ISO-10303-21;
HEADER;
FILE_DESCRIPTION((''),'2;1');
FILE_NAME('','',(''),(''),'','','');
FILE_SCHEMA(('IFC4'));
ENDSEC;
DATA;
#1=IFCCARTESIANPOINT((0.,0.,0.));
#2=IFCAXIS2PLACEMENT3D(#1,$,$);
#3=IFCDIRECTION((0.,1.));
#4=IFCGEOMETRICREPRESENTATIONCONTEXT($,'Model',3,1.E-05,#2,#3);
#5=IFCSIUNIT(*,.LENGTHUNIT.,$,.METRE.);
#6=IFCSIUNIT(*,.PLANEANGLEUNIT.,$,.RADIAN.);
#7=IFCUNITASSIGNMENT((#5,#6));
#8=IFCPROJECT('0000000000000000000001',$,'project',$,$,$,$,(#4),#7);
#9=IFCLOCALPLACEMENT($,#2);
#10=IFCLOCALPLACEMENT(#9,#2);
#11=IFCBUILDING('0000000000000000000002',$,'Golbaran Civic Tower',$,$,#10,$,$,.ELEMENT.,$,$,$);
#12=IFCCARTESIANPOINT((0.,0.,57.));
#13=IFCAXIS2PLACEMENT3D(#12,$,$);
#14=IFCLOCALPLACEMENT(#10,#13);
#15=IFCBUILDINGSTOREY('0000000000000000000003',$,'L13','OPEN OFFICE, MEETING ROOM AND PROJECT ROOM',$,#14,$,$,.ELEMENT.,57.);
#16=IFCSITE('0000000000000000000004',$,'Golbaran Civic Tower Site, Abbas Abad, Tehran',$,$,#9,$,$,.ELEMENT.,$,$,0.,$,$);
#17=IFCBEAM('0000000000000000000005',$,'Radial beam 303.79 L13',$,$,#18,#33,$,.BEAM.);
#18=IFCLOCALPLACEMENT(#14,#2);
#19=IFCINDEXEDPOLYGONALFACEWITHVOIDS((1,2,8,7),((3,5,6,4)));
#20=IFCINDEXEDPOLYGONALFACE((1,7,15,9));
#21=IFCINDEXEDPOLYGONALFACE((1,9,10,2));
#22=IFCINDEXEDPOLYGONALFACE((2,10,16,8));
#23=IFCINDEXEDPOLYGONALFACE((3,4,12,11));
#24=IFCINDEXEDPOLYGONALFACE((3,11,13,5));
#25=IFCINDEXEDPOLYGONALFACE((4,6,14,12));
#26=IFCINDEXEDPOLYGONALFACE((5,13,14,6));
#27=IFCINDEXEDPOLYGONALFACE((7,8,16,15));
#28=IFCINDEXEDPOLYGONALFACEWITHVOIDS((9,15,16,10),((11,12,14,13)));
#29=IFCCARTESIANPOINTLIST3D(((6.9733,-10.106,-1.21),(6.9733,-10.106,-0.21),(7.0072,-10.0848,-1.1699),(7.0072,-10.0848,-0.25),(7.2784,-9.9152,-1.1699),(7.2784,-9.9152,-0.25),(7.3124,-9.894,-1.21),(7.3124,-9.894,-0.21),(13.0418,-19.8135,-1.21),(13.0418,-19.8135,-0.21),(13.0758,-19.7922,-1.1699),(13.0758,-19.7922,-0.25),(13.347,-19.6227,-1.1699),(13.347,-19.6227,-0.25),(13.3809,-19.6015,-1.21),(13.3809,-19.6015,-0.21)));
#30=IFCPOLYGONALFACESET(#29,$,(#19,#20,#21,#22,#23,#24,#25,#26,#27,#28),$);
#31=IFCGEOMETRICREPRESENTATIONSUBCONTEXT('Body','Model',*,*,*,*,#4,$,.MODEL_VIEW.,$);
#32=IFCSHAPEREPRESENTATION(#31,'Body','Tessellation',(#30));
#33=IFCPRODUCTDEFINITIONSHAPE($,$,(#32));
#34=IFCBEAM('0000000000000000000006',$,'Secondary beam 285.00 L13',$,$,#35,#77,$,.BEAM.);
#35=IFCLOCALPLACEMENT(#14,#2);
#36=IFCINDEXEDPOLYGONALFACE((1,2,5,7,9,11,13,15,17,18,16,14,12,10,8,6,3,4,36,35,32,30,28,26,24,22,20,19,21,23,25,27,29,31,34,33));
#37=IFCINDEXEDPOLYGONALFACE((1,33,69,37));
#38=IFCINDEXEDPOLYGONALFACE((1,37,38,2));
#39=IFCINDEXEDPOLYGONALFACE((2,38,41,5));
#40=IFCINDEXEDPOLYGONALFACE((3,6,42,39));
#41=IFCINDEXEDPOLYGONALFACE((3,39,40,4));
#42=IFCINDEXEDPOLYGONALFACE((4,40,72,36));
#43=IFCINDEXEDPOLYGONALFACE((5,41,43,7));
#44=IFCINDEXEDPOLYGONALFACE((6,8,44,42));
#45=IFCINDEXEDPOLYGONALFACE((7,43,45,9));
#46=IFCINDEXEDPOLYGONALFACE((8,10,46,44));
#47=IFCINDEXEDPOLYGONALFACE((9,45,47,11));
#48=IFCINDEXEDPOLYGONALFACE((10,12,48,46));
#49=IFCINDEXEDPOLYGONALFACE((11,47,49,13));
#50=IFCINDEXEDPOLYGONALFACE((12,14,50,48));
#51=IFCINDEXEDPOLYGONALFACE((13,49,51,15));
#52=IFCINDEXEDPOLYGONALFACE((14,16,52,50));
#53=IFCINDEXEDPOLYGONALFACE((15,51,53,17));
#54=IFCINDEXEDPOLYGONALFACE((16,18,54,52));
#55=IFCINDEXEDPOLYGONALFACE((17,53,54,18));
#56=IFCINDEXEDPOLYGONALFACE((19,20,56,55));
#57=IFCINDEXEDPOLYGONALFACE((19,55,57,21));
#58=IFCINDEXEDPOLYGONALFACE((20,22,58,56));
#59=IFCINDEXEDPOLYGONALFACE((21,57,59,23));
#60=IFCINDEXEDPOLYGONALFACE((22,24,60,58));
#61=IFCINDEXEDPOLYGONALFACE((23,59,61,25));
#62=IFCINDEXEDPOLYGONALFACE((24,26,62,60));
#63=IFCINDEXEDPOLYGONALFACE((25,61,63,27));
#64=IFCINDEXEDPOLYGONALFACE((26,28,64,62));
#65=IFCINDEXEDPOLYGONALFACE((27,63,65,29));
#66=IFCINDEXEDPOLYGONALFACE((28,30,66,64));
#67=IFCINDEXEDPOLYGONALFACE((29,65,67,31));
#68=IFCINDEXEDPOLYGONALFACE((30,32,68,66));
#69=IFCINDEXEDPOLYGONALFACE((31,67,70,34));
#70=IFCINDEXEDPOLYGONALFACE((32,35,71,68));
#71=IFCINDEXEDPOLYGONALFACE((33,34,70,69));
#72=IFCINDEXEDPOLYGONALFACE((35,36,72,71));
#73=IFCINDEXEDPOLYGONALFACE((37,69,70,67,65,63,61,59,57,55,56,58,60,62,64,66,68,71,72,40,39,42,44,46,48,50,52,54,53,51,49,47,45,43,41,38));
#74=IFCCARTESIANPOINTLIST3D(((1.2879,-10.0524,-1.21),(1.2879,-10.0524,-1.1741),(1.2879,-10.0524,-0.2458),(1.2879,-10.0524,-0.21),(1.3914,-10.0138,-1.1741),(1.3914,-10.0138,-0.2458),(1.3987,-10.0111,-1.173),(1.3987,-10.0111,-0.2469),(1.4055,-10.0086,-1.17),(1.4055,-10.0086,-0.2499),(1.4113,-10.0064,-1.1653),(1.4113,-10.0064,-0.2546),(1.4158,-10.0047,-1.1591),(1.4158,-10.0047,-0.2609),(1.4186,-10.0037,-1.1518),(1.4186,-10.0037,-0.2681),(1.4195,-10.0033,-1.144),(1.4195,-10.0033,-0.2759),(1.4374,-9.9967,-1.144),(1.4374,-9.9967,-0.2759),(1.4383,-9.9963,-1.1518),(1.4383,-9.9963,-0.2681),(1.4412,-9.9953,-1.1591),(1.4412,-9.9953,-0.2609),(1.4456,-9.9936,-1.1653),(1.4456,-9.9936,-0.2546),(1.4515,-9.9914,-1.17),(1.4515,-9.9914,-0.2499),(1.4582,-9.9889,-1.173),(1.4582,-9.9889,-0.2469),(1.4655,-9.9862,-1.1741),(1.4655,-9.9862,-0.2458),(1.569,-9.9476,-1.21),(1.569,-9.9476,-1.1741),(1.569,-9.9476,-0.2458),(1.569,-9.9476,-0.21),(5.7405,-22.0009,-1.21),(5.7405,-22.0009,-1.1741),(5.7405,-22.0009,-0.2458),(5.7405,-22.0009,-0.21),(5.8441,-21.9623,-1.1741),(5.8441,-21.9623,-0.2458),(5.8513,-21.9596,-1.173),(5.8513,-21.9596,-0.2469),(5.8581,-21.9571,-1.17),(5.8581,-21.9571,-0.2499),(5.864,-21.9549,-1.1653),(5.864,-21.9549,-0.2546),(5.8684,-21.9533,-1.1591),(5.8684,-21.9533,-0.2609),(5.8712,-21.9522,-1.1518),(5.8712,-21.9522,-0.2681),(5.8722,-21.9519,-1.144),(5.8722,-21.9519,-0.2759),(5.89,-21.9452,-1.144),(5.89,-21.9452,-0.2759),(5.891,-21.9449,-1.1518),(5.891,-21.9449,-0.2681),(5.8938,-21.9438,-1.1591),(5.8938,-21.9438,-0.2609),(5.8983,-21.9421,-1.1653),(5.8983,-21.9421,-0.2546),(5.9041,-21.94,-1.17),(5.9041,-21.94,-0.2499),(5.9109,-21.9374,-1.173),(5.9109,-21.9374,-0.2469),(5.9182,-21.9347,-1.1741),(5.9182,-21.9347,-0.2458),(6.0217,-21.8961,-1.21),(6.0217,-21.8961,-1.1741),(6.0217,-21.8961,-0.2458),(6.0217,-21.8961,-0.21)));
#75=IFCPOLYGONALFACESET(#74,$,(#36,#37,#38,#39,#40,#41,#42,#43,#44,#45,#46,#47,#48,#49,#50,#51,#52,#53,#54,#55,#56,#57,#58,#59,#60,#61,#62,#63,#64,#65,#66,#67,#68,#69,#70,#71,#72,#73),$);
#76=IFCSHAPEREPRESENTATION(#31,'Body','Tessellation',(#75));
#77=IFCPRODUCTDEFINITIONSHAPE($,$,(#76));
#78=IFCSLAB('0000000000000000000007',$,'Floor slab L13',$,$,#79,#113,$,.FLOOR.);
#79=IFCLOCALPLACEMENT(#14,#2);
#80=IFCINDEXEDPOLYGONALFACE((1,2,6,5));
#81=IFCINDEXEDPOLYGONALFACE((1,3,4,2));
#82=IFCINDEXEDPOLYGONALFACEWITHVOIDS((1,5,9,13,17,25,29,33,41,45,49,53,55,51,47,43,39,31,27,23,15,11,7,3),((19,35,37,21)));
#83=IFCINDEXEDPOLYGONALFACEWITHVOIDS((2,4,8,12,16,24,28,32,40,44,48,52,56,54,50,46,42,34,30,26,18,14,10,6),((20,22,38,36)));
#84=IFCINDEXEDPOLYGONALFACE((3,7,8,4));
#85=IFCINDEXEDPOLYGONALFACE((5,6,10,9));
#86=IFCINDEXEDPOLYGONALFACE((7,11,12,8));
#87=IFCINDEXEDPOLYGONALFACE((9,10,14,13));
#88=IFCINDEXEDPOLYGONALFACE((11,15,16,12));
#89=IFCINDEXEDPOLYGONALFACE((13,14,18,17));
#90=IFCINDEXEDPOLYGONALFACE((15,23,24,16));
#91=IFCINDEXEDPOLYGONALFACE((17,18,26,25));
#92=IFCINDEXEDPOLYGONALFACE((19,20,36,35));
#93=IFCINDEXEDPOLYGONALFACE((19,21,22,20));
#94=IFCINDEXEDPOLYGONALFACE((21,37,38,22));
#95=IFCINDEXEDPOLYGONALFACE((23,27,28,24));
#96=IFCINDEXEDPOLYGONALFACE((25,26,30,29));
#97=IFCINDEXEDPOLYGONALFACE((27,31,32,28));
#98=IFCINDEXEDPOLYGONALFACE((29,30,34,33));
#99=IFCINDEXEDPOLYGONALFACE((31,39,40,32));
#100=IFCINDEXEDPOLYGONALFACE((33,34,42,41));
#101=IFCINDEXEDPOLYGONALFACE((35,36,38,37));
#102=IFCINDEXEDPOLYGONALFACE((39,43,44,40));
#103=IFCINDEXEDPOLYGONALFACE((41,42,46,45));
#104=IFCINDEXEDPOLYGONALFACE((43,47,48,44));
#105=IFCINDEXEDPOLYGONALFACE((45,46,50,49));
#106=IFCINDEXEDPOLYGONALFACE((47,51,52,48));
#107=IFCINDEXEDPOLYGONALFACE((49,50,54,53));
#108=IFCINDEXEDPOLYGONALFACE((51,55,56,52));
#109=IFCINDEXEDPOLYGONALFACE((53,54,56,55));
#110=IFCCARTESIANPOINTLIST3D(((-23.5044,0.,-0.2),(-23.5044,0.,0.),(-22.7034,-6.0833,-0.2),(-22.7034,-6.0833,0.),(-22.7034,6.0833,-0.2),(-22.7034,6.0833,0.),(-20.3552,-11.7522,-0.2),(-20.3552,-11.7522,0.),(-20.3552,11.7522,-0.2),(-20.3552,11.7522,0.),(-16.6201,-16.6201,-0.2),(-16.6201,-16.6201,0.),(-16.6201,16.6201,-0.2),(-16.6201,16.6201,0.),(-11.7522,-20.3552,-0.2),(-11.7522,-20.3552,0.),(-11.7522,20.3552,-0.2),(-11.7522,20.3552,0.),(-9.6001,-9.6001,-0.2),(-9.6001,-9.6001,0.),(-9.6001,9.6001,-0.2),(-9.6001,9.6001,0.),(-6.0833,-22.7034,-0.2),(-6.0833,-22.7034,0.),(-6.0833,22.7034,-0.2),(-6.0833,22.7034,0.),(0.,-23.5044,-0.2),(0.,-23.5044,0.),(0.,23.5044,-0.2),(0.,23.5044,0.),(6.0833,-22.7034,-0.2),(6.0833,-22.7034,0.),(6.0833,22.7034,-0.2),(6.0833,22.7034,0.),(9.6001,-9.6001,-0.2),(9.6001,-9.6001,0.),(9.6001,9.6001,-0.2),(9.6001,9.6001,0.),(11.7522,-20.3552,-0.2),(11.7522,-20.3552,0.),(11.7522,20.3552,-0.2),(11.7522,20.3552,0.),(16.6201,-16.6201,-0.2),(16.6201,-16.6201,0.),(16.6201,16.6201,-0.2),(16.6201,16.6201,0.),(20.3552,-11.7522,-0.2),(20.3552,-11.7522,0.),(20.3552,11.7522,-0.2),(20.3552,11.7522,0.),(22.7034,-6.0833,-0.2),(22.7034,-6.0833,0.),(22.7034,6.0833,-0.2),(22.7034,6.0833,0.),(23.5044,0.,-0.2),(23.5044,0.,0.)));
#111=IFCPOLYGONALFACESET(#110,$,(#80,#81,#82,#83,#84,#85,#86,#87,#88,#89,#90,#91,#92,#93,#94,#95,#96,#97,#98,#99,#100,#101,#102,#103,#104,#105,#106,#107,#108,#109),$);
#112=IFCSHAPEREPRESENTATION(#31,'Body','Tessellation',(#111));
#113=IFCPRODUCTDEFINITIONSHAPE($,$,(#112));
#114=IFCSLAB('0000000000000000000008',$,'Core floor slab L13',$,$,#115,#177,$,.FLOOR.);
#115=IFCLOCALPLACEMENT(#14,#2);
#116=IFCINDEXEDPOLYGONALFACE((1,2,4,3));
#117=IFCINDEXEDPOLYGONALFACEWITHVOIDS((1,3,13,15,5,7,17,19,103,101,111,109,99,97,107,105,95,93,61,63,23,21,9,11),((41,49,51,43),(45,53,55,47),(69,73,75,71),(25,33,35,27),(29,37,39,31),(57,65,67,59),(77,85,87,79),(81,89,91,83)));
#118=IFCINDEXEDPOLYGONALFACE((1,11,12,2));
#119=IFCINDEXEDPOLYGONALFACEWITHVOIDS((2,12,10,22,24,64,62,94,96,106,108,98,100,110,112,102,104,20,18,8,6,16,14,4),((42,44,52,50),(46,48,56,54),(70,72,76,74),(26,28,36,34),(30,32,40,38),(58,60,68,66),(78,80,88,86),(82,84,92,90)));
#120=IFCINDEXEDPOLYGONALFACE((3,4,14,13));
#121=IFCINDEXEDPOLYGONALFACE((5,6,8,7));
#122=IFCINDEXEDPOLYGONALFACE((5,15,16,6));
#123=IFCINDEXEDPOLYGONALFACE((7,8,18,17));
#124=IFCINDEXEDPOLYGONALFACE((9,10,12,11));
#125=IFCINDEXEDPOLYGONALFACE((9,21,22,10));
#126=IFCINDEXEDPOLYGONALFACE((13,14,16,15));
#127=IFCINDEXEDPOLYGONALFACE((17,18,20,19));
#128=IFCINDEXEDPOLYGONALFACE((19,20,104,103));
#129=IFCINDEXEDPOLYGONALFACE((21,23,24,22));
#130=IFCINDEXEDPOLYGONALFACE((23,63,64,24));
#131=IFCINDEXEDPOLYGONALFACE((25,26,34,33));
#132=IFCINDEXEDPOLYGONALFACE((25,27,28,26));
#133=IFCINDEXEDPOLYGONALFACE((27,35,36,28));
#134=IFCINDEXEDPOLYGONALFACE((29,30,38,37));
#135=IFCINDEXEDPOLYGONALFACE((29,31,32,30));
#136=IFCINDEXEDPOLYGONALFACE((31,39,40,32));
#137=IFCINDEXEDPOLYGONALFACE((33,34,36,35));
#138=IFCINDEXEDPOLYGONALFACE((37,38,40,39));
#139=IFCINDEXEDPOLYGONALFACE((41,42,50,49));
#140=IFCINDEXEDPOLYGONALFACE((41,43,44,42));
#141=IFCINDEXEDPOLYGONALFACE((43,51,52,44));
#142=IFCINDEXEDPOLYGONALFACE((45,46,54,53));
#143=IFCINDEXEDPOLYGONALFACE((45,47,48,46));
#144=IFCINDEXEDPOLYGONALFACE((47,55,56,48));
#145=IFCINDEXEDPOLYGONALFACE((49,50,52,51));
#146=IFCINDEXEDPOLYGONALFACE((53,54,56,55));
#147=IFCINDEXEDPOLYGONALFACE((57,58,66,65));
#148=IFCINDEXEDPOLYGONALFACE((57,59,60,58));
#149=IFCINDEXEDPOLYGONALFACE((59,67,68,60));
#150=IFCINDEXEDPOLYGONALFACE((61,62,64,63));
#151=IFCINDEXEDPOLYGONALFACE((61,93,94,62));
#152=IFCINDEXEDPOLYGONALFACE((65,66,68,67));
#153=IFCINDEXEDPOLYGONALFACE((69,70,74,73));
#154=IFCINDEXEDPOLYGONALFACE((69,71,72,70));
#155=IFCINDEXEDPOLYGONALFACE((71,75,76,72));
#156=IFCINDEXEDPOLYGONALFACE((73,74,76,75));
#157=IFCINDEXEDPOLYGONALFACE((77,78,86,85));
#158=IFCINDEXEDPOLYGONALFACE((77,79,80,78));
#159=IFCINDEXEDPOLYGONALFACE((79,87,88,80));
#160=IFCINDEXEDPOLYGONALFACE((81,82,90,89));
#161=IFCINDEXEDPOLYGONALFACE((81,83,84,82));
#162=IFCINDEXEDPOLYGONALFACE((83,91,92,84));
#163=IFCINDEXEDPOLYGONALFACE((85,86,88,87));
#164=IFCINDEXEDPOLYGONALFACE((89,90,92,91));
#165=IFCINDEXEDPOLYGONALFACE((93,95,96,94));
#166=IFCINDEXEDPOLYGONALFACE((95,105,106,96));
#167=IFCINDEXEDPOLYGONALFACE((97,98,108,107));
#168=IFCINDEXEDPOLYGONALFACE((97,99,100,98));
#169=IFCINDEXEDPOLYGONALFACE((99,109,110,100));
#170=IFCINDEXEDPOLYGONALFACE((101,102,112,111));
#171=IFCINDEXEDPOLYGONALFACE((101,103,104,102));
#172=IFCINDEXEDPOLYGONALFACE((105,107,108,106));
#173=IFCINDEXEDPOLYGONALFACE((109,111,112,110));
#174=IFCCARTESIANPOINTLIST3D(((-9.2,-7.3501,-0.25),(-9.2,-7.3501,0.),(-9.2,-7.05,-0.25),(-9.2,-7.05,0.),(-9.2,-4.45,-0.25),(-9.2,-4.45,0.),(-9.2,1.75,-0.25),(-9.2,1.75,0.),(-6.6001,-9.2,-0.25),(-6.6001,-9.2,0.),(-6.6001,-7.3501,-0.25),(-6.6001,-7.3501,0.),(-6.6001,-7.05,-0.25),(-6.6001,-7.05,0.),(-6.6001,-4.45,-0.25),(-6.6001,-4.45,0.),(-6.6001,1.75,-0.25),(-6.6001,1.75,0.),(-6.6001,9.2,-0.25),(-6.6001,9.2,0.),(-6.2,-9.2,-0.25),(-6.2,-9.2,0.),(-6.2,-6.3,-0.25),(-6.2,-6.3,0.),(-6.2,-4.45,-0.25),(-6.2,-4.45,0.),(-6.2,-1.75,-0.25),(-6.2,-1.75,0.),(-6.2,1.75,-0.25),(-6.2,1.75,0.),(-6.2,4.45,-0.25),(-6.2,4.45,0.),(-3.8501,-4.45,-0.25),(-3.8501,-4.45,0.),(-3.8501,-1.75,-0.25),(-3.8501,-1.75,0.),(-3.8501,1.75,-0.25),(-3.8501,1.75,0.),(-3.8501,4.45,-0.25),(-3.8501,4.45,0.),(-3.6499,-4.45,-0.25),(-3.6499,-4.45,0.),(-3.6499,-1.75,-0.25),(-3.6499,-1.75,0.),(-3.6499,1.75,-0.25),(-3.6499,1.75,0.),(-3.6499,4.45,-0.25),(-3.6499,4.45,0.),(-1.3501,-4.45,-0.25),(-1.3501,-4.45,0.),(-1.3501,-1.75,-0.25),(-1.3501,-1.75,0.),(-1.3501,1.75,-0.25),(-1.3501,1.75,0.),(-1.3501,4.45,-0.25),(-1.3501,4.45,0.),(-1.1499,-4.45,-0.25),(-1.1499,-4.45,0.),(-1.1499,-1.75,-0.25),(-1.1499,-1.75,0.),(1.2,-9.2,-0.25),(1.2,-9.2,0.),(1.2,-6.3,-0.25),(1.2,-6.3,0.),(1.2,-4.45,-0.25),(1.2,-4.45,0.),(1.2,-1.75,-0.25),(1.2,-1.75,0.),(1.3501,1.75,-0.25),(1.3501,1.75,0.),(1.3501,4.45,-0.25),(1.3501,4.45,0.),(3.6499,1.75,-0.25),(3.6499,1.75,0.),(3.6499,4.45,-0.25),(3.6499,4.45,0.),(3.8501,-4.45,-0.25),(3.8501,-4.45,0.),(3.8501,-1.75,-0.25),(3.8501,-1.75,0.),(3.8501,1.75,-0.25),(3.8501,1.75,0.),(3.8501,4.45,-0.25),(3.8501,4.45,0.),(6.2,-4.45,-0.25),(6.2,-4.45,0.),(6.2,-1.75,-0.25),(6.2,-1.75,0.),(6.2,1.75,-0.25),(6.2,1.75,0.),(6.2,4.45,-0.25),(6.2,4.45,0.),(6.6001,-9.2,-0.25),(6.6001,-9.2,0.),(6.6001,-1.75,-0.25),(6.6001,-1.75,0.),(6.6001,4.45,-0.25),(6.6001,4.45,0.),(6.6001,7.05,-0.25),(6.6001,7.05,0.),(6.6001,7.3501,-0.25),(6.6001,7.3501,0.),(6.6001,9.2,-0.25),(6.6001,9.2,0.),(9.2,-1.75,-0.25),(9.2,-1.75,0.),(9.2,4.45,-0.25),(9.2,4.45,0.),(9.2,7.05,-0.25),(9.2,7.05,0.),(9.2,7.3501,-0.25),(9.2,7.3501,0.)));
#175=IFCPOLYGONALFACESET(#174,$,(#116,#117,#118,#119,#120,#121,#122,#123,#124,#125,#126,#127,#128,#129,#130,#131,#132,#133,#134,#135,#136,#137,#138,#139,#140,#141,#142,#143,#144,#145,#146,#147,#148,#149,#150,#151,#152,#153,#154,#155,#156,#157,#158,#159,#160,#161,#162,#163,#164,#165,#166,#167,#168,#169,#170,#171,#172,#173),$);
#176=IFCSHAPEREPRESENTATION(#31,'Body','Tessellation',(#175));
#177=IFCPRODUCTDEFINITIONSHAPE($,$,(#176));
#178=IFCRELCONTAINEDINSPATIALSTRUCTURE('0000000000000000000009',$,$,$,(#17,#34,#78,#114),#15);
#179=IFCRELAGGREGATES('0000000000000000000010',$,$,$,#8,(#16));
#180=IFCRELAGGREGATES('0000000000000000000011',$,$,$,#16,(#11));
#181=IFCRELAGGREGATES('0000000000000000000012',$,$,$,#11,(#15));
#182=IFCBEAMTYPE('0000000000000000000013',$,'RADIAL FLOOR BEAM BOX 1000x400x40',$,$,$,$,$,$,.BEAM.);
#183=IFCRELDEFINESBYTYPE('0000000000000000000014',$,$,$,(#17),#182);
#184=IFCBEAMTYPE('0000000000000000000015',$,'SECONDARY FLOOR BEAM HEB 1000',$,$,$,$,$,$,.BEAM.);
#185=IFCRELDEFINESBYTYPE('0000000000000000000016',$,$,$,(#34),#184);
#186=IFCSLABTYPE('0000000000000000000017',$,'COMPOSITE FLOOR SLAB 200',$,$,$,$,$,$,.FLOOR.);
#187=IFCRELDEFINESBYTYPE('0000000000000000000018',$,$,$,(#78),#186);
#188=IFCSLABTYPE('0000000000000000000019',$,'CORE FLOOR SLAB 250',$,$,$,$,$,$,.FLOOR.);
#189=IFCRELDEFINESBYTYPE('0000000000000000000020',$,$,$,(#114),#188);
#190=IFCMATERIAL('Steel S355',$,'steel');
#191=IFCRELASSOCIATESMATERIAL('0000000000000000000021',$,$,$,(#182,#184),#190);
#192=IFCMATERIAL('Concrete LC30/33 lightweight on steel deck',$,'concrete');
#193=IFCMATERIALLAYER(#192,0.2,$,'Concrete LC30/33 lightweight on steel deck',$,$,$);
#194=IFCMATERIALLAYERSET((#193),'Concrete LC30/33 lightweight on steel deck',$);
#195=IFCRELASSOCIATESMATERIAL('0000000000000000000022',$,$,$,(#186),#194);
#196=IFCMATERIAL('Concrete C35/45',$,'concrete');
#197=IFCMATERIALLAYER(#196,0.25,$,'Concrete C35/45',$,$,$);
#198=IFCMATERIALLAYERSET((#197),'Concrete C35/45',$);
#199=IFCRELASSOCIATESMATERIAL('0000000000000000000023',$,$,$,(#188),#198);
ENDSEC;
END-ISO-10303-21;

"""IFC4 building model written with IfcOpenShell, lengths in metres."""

from ifc_helpers import new_model, si_unit, direction, frame, origin, origin_2d, place, context, subcontext, project, spatial, polyline, hollow_rectangle, i_section, outline, extrude, material, layer, layer_set, material_profile, profile_set, type_object, element, save


model = new_model("IFC4")

# Units and contexts
model_context = context("Model", 3, precision=1e-05, world=origin(), true_north=direction((0.0, 1.0)))
body_context = subcontext(model_context, "Body", "Model", "MODEL_VIEW")
ifc_project = project(units=[si_unit("LENGTHUNIT", "METRE"), si_unit("PLANEANGLEUNIT", "RADIAN")], contexts=[model_context])

# Site, building, storey
site_placement = place(None, origin())
site = spatial("IfcSite", under=ifc_project, at=site_placement, Name="Golbaran Civic Tower Site, Abbas Abad, Tehran", CompositionType="ELEMENT", RefElevation=0.0)
building_placement = place(site_placement, origin())
building = spatial("IfcBuilding", under=site, at=building_placement, Name="Golbaran Civic Tower", CompositionType="ELEMENT")
storey_placement = place(building_placement, frame((0.0, 0.0, 57.0)))
storey = spatial("IfcBuildingStorey", under=building, at=storey_placement, Name="L13", Description="OPEN OFFICE, MEETING ROOM AND PROJECT ROOM", CompositionType="ELEMENT", Elevation=57.0)

# Beams
ifc_material_1 = material(Name="Steel S355", Category="steel")
ifc_material_profile_1 = material_profile(ifc_material_1, hollow_rectangle(XDim=0.3999, YDim=1.0, WallThickness=0.04, at=origin_2d()), Name="BOX 1000x400x40")
ifc_profile_set_1 = profile_set([ifc_material_profile_1], Name="Steel S355")
beam_type_1 = type_object("IfcBeamType", Name="RADIAL FLOOR BEAM BOX 1000x400x40", PredefinedType="BEAM", material=ifc_profile_set_1)
beam_1_placement = place(storey_placement, frame((7.1428, -10.0, -0.71), z_axis=(0.530087, -0.847943, 0.0), x_axis=(0.847943, 0.530087, 0.0)))
element("IfcBeam", 1, at=beam_1_placement, inside=storey, type_object=beam_type_1, Name="Radial beam 303.79 L13", PredefinedType="BEAM", context=body_context, shape_type="SweptSolid", body=[
    extrude(hollow_rectangle(XDim=0.3999, YDim=1.0, WallThickness=0.04, at=origin_2d()), origin(), (0.0, 0.0, 1.0), 11.4482),
])
ifc_material_profile_2 = material_profile(ifc_material_1, i_section(OverallWidth=0.3, OverallDepth=1.0, WebThickness=0.019, FlangeThickness=0.0359, FilletRadius=0.03, at=origin_2d()), Name="HEB 1000")
ifc_profile_set_2 = profile_set([ifc_material_profile_2], Name="Steel S355")
beam_type_2 = type_object("IfcBeamType", Name="SECONDARY FLOOR BEAM HEB 1000", PredefinedType="BEAM", material=ifc_profile_set_2)
beam_2_placement = place(storey_placement, frame((1.4285, -10.0, -0.71), z_axis=(0.349194, -0.93705, 0.0), x_axis=(0.93705, 0.349194, 0.0)))
element("IfcBeam", 2, at=beam_2_placement, inside=storey, type_object=beam_type_2, Name="Secondary beam 285.00 L13", PredefinedType="BEAM", context=body_context, shape_type="SweptSolid", body=[
    extrude(i_section(OverallWidth=0.3, OverallDepth=1.0, WebThickness=0.019, FlangeThickness=0.0359, FilletRadius=0.03, at=origin_2d()), origin(), (0.0, 0.0, 1.0), 12.7512),
])

# Slabs
ifc_material_2 = material(Name="Concrete LC30/33 lightweight on steel deck", Category="concrete")
ifc_layer_1 = layer(ifc_material_2, 0.2, Name="Concrete LC30/33 lightweight on steel deck")
ifc_layer_set_1 = layer_set([ifc_layer_1], Name="Concrete LC30/33 lightweight on steel deck")
slab_type_1 = type_object("IfcSlabType", Name="COMPOSITE FLOOR SLAB 200", PredefinedType="FLOOR", material=ifc_layer_set_1)
slab_1_placement = place(storey_placement, frame((0.0, 0.0, -0.2)))
element("IfcSlab", 3, at=slab_1_placement, inside=storey, type_object=slab_type_1, Name="Floor slab L13", PredefinedType="FLOOR", context=body_context, shape_type="SweptSolid", body=[
    extrude(outline(polyline([(20.3552, -11.7522), (16.6201, -16.6201), (11.7522, -20.3552), (6.0833, -22.7034), (0.0, -23.5044), (-6.0833, -22.7034), (-11.7522, -20.3552), (-16.6201, -16.6201), (-20.3552, -11.7522), (-22.7034, -6.0833), (-23.5044, 0.0), (-22.7034, 6.0833), (-20.3552, 11.7522), (-16.6201, 16.6201), (-11.7522, 20.3552), (-6.0833, 22.7034), (0.0, 23.5044), (6.0833, 22.7034), (11.7522, 20.3552), (16.6201, 16.6201), (20.3552, 11.7522), (22.7034, 6.0833), (23.5044, 0.0), (22.7034, -6.0833), (20.3552, -11.7522)]), holes=[polyline([(-9.6001, 9.6001), (-9.6001, -9.6001), (9.6001, -9.6001), (9.6001, 9.6001), (-9.6001, 9.6001)])]), origin(), (0.0, 0.0, 1.0), 0.2),
])
ifc_material_3 = material(Name="Concrete C35/45", Category="concrete")
ifc_layer_2 = layer(ifc_material_3, 0.25, Name="Concrete C35/45")
ifc_layer_set_2 = layer_set([ifc_layer_2], Name="Concrete C35/45")
slab_type_2 = type_object("IfcSlabType", Name="CORE FLOOR SLAB 250", PredefinedType="FLOOR", material=ifc_layer_set_2)
slab_2_placement = place(storey_placement, frame((0.0, 0.0, -0.25)))
element("IfcSlab", 4, at=slab_2_placement, inside=storey, type_object=slab_type_2, Name="Core floor slab L13", PredefinedType="FLOOR", context=body_context, shape_type="SweptSolid", body=[
    extrude(outline(polyline([(6.6001, -1.75), (6.6001, -9.2), (1.2, -9.2), (1.2, -6.3), (-6.2, -6.3), (-6.2, -9.2), (-6.6001, -9.2), (-6.6001, -7.3501), (-9.2, -7.3501), (-9.2, -7.05), (-6.6001, -7.05), (-6.6001, -4.45), (-9.2, -4.45), (-9.2, 1.75), (-6.6001, 1.75), (-6.6001, 9.2), (6.6001, 9.2), (6.6001, 7.3501), (9.2, 7.3501), (9.2, 7.05), (6.6001, 7.05), (6.6001, 4.45), (9.2, 4.45), (9.2, -1.75), (6.6001, -1.75)]), holes=[polyline([(6.2, -1.75), (3.8501, -1.75), (3.8501, -4.45), (6.2, -4.45), (6.2, -1.75)]), polyline([(6.2, 4.45), (3.8501, 4.45), (3.8501, 1.75), (6.2, 1.75), (6.2, 4.45)]), polyline([(3.6499, 4.45), (1.3501, 4.45), (1.3501, 1.75), (3.6499, 1.75), (3.6499, 4.45)]), polyline([(1.2, -1.75), (-1.1499, -1.75), (-1.1499, -4.45), (1.2, -4.45), (1.2, -1.75)]), polyline([(-1.3501, 4.45), (-3.6499, 4.45), (-3.6499, 1.75), (-1.3501, 1.75), (-1.3501, 4.45)]), polyline([(-1.3501, -1.75), (-3.6499, -1.75), (-3.6499, -4.45), (-1.3501, -4.45), (-1.3501, -1.75)]), polyline([(-3.8501, -1.75), (-6.2, -1.75), (-6.2, -4.45), (-3.8501, -4.45), (-3.8501, -1.75)]), polyline([(-3.8501, 4.45), (-6.2, 4.45), (-6.2, 1.75), (-3.8501, 1.75), (-3.8501, 4.45)])]), origin(), (0.0, 0.0, 1.0), 0.25),
])

save(model, "model.ifc")
